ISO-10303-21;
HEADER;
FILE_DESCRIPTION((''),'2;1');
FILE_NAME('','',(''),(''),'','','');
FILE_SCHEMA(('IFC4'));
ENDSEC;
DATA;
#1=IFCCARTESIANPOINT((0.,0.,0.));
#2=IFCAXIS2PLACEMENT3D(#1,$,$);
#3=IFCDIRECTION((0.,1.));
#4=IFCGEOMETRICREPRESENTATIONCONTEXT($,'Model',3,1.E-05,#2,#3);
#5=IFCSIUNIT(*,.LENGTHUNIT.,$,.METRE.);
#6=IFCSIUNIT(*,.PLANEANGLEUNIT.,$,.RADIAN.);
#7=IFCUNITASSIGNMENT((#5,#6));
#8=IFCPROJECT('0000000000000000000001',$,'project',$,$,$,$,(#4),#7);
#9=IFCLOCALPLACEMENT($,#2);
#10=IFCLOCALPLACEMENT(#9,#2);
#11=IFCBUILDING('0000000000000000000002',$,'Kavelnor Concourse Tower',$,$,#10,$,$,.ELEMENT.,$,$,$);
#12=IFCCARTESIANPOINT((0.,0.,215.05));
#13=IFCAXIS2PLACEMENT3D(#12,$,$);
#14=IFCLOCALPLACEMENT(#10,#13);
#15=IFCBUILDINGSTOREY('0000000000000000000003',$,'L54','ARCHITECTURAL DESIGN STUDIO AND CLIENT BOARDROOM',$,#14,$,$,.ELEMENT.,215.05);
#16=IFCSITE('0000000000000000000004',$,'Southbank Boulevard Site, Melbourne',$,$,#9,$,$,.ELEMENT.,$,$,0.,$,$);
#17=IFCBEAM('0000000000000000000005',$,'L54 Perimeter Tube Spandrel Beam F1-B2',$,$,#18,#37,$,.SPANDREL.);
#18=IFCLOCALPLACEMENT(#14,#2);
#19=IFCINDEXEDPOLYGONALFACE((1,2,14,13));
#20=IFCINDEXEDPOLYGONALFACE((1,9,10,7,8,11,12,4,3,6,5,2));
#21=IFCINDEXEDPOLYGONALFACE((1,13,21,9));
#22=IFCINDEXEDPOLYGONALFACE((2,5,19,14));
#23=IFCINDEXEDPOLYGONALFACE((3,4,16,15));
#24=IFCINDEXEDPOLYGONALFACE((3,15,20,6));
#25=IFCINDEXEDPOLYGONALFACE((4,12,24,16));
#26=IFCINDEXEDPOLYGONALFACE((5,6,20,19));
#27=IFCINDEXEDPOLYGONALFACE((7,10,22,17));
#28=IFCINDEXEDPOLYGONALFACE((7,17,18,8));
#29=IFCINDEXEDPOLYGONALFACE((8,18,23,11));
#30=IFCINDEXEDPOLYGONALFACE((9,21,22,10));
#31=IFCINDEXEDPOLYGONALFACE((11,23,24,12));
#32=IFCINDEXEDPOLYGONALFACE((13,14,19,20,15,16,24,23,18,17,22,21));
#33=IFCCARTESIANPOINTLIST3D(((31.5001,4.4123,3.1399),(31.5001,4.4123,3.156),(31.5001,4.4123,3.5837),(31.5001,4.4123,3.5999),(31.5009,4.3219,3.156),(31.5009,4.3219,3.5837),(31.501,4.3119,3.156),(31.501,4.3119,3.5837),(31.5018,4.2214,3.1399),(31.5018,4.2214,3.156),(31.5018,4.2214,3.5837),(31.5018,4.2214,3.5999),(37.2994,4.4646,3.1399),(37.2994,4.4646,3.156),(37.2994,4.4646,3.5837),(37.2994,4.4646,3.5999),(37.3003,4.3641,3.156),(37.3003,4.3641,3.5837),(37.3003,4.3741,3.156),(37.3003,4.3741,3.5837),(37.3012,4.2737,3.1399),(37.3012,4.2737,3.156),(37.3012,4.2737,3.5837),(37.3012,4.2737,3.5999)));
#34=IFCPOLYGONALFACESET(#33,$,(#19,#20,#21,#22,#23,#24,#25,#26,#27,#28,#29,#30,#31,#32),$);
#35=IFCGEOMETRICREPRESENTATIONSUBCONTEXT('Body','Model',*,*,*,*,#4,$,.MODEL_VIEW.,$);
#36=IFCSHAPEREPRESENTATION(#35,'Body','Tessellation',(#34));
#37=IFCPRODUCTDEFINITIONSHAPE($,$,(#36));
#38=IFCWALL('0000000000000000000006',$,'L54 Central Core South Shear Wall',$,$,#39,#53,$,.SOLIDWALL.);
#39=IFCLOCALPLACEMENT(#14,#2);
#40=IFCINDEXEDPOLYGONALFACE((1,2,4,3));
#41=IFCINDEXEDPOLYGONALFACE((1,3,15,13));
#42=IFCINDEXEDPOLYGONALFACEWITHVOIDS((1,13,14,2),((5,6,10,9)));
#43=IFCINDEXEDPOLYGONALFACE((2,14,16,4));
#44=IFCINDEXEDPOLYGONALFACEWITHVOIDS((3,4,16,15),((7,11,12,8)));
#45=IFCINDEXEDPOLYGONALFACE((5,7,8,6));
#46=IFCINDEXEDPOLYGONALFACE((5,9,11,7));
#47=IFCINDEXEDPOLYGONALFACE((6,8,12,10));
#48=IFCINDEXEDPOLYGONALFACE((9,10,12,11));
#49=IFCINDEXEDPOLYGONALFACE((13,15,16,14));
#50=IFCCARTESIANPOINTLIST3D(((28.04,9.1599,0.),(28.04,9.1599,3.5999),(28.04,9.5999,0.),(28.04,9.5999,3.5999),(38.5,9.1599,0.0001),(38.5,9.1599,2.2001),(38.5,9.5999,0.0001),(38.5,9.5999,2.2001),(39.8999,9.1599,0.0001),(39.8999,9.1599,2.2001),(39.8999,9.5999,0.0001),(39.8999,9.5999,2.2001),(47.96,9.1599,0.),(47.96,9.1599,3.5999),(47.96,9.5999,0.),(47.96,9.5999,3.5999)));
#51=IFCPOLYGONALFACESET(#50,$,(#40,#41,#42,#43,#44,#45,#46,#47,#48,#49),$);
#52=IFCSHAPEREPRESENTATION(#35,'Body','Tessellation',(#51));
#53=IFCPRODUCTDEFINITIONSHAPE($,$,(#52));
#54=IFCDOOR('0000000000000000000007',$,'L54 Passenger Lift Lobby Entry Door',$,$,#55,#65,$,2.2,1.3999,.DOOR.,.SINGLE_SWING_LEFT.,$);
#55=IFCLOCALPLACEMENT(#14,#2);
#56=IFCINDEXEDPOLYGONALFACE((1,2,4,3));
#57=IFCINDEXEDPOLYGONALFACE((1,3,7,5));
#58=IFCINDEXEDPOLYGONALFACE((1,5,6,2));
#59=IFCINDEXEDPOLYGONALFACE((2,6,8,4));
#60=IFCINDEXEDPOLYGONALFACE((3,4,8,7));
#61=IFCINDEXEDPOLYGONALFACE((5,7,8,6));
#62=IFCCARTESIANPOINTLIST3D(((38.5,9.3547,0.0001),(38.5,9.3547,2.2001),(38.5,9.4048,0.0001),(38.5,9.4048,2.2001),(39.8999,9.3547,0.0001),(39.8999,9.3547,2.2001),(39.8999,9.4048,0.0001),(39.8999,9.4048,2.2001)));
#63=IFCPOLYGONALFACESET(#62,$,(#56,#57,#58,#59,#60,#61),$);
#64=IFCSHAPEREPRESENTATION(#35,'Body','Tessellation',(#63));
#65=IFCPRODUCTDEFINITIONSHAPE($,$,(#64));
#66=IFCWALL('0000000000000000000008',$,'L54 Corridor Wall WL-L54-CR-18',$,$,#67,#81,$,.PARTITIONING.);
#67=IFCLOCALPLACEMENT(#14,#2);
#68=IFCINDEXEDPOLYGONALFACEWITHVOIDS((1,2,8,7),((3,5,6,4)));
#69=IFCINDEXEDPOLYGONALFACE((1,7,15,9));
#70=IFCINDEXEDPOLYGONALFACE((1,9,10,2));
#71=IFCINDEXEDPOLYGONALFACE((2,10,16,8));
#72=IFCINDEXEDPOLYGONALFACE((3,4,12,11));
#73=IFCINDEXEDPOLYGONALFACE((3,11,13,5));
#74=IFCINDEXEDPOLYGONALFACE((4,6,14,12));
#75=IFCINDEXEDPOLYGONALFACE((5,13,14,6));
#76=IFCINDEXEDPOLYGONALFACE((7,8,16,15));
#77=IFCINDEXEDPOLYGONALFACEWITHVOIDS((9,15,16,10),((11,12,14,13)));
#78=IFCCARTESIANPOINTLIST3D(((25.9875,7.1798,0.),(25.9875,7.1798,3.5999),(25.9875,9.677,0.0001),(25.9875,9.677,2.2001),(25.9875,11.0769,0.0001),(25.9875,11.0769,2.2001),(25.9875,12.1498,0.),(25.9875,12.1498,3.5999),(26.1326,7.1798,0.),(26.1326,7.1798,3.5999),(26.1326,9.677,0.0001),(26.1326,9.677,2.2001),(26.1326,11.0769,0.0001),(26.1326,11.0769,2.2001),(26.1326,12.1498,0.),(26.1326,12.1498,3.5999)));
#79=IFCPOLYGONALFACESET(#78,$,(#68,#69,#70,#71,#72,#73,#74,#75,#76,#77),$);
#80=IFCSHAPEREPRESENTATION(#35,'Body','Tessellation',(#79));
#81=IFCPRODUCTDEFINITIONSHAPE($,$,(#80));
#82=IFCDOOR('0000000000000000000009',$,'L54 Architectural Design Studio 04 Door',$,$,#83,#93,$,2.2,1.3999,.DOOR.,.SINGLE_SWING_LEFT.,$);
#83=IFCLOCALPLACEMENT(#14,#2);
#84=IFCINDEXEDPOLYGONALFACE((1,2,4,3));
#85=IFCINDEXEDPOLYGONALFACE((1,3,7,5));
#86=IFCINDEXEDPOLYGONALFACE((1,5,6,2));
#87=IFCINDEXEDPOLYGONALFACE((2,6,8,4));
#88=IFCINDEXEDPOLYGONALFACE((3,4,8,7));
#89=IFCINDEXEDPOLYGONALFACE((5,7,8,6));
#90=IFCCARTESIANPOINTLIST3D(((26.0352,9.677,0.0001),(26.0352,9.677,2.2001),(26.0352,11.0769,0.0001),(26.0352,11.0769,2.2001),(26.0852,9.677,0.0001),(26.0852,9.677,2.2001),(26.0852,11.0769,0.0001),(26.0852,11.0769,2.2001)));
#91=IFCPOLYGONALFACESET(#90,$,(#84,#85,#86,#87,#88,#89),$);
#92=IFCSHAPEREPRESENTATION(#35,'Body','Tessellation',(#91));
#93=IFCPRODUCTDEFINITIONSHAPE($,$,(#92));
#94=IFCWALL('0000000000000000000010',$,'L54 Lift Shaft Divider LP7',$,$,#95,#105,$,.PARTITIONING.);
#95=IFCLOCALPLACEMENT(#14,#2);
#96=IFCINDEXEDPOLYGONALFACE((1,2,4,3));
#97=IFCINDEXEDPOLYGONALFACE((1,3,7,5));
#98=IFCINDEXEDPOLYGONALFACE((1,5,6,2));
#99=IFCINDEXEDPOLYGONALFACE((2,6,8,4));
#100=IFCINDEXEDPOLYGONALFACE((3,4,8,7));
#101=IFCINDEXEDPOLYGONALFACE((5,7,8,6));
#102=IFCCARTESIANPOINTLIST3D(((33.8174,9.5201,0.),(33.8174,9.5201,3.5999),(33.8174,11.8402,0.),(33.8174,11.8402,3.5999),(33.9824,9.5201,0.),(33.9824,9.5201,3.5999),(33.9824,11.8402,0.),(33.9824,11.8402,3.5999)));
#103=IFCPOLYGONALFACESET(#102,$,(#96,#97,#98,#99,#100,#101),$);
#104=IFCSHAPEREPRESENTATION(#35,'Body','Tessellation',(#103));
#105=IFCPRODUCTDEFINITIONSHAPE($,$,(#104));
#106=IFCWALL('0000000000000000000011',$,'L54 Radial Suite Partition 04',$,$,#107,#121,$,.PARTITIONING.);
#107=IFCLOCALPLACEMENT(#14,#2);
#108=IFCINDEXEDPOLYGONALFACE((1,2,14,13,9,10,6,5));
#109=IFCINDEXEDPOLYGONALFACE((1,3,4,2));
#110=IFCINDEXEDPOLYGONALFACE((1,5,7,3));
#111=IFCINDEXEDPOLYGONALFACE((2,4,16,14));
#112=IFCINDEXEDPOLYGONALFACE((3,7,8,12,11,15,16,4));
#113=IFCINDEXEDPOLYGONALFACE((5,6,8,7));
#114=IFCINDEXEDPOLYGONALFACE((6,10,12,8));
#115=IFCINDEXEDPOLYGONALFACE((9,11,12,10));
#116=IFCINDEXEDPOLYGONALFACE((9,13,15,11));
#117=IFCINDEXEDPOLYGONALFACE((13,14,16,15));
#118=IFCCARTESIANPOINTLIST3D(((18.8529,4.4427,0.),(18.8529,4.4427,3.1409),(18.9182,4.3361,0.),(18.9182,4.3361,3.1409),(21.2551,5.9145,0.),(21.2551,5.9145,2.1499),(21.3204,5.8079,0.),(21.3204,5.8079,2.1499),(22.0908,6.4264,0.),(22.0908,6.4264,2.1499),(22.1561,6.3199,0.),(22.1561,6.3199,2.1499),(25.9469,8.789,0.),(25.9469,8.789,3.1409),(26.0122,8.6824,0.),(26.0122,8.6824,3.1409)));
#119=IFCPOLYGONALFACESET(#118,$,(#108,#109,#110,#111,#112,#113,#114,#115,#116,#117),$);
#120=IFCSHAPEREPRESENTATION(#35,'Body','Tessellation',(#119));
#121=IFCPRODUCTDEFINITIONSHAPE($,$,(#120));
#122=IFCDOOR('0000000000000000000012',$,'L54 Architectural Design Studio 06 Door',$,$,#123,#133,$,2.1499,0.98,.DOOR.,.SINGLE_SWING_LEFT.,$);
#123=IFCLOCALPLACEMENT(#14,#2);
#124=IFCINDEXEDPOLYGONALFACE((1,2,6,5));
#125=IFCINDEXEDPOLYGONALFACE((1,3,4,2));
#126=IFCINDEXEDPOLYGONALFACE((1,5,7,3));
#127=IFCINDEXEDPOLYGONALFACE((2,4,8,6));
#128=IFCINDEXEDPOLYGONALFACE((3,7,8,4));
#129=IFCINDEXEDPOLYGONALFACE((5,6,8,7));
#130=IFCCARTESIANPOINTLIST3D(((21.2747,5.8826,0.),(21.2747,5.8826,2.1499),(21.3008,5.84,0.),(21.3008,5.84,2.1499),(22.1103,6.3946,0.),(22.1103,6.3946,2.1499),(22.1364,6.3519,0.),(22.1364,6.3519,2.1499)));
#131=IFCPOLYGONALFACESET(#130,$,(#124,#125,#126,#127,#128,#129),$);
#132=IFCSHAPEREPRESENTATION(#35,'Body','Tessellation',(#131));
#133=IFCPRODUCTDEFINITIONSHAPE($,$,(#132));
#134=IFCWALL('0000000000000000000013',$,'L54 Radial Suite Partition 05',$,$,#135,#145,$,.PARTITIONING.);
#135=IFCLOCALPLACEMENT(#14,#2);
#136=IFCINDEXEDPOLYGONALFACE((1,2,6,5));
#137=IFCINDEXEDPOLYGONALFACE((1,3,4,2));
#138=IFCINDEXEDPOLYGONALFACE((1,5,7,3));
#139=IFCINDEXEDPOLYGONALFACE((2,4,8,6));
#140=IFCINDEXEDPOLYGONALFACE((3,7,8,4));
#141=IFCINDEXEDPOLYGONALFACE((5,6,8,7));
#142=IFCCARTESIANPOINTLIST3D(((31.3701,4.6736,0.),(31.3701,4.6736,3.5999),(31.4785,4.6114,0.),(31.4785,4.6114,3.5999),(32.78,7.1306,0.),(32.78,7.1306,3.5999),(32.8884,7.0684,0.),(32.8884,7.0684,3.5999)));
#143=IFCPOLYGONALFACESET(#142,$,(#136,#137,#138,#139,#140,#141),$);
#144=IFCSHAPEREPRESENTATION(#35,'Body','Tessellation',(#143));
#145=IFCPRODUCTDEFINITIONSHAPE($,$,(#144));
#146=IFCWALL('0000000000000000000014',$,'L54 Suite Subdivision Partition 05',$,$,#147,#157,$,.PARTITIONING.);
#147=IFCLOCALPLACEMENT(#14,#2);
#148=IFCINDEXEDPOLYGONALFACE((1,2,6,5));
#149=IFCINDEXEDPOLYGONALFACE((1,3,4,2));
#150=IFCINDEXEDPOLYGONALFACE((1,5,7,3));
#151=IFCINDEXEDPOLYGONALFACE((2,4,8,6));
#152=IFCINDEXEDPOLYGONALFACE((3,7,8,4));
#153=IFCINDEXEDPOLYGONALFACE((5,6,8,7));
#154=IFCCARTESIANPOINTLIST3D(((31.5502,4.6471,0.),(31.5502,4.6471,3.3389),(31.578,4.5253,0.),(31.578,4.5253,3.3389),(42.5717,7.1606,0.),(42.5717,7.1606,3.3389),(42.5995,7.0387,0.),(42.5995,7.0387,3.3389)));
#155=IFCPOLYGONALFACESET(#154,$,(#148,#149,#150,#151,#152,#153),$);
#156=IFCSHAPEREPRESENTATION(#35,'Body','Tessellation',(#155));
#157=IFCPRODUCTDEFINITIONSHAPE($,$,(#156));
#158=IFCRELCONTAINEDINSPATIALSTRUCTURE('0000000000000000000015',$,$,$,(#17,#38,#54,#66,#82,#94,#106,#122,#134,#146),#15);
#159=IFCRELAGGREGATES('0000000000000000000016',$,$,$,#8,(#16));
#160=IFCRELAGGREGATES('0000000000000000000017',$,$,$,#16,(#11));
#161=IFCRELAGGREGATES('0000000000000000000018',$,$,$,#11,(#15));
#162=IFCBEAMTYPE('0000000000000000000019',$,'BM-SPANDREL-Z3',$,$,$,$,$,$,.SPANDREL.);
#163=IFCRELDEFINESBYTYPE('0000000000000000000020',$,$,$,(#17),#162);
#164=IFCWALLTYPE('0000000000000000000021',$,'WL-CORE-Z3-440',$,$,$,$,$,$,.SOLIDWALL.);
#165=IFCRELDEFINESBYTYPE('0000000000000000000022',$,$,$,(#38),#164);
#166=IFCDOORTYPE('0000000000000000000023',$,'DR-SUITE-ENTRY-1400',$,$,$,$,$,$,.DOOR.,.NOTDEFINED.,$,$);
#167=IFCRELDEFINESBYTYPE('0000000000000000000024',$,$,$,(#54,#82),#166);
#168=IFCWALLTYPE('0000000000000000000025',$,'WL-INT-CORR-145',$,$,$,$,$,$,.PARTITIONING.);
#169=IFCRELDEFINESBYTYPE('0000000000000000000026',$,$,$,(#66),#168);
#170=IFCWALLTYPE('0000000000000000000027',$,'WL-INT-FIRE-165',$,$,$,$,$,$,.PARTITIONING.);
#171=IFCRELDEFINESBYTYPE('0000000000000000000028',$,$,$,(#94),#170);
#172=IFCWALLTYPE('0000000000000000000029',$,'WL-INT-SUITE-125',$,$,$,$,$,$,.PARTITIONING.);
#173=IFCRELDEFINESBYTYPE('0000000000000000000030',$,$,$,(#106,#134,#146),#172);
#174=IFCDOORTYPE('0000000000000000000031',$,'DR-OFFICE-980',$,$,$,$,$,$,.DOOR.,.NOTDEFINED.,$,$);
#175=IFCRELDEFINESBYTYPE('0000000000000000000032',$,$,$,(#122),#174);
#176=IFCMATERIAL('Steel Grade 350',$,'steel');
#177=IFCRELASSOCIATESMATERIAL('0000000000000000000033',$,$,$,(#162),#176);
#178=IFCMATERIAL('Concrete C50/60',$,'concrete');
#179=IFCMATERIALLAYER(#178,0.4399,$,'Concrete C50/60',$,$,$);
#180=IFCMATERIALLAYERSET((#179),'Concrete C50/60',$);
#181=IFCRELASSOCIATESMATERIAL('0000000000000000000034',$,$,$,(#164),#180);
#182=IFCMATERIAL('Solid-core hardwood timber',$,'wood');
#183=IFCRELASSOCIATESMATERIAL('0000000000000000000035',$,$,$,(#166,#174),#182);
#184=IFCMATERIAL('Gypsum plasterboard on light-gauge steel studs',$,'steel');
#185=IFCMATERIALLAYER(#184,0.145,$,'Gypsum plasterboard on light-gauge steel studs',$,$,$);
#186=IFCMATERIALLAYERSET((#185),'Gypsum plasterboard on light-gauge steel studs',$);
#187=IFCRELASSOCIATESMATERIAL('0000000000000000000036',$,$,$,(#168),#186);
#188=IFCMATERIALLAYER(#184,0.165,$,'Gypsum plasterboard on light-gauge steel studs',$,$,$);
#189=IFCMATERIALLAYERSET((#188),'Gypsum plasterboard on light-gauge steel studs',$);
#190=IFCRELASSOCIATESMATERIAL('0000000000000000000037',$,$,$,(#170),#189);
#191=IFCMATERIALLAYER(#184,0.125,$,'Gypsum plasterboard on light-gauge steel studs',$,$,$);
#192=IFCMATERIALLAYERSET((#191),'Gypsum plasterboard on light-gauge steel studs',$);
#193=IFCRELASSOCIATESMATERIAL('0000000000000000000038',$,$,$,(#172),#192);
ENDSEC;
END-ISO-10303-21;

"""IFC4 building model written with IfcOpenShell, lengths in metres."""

from ifc_helpers import new_model, si_unit, direction, frame, frame_2d, origin, origin_2d, place, context, subcontext, project, spatial, rectangle, i_section, extrude, material, layer, layer_set, material_profile, profile_set, type_object, element, fill, save


model = new_model("IFC4")

# Units and contexts
model_context = context("Model", 3, precision=1e-05, world=origin(), true_north=direction((0.0, 1.0)))
body_context = subcontext(model_context, "Body", "Model", "MODEL_VIEW")
ifc_project = project(units=[si_unit("LENGTHUNIT", "METRE"), si_unit("PLANEANGLEUNIT", "RADIAN")], contexts=[model_context])

# Site, building, storey
site_placement = place(None, origin())
site = spatial("IfcSite", under=ifc_project, at=site_placement, Name="Southbank Boulevard Site, Melbourne", CompositionType="ELEMENT", RefElevation=0.0)
building_placement = place(site_placement, origin())
building = spatial("IfcBuilding", under=site, at=building_placement, Name="Kavelnor Concourse Tower", CompositionType="ELEMENT")
storey_placement = place(building_placement, frame((0.0, 0.0, 215.05)))
storey = spatial("IfcBuildingStorey", under=building, at=storey_placement, Name="L54", Description="ARCHITECTURAL DESIGN STUDIO AND CLIENT BOARDROOM", CompositionType="ELEMENT", Elevation=215.05)

# Shared definitions
ifc_material_1 = material(Name="Steel Grade 350", Category="steel")

# Beam
ifc_material_profile_1 = material_profile(ifc_material_1, i_section(OverallWidth=0.1909, OverallDepth=0.46, WebThickness=0.01, FlangeThickness=0.0161, at=origin_2d()), Name="460UB82")
ifc_profile_set_1 = profile_set([ifc_material_profile_1], Name="Steel Grade 350")
beam_type_1 = type_object("IfcBeamType", Name="BM-SPANDREL-Z3", PredefinedType="SPANDREL", material=ifc_profile_set_1)
beam_1_placement = place(storey_placement, frame((31.501, 4.3169, 3.3699), z_axis=(0.999959, 0.009009, 0.0), x_axis=(-0.009009, 0.999959, 0.0)))
element("IfcBeam", 1, at=beam_1_placement, inside=storey, type_object=beam_type_1, Name="L54 Perimeter Tube Spandrel Beam F1-B2", PredefinedType="SPANDREL", context=body_context, shape_type="SweptSolid", body=[
    extrude(i_section(OverallWidth=0.1909, OverallDepth=0.46, WebThickness=0.01, FlangeThickness=0.0161, at=origin_2d()), origin(), (0.0, 0.0, 1.0), 5.7996),
])

# Walls, openings, doors
ifc_material_2 = material(Name="Concrete C50/60", Category="concrete")
ifc_layer_1 = layer(ifc_material_2, 0.4399, Name="Concrete C50/60")
ifc_layer_set_1 = layer_set([ifc_layer_1], Name="Concrete C50/60")
wall_type_1 = type_object("IfcWallType", Name="WL-CORE-Z3-440", PredefinedType="SOLIDWALL", material=ifc_layer_set_1)
wall_1_placement = place(storey_placement, frame((28.04, 9.3799, 0.0), z_axis=(0.0, 0.0, 1.0), x_axis=(1.0, 0.0, 0.0)))
wall_1 = element("IfcWall", 2, at=wall_1_placement, inside=storey, type_object=wall_type_1, Name="L54 Central Core South Shear Wall", PredefinedType="SOLIDWALL", context=body_context, shape_type="SweptSolid", body=[
    extrude(rectangle(XDim=19.9199, YDim=0.4399, at=frame_2d((9.96, 0.0))), origin(), (0.0, 0.0, 1.0), 3.5999),
])
opening_1_placement = place(wall_1_placement, frame((10.46, 0.0, 0.0)))
opening_1 = element("IfcOpeningElement", 3, at=opening_1_placement, cuts=wall_1, PredefinedType="OPENING", context=body_context, shape_type="SweptSolid", body=[
    extrude(rectangle(XDim=1.3999, YDim=2.2, at=frame_2d((0.7, 1.1001))), frame((0.0, 0.23, 0.0), z_axis=(0.0, -1.0, 0.0), x_axis=(1.0, 0.0, 0.0)), (0.0, 0.0, 1.0), 0.46),
])
ifc_material_3 = material(Name="Solid-core hardwood timber", Category="wood")
door_type_1 = type_object("IfcDoorType", Name="DR-SUITE-ENTRY-1400", OperationType="NOTDEFINED", PredefinedType="DOOR", material=ifc_material_3)
door_1_placement = place(opening_1_placement, origin())
door_1 = element("IfcDoor", 4, at=door_1_placement, inside=storey, type_object=door_type_1, Name="L54 Passenger Lift Lobby Entry Door", OperationType="SINGLE_SWING_LEFT", OverallHeight=2.2, OverallWidth=1.3999, PredefinedType="DOOR", context=body_context, shape_type="SweptSolid", body=[
    extrude(rectangle(XDim=1.3999, YDim=2.2, at=frame_2d((0.7, 1.1001))), frame((0.0, 0.0249, 0.0), z_axis=(0.0, -1.0, 0.0), x_axis=(1.0, 0.0, 0.0)), (0.0, 0.0, 1.0), 0.05),
])
fill(opening_1, door_1)
ifc_material_4 = material(Name="Gypsum plasterboard on light-gauge steel studs", Category="steel")
ifc_layer_2 = layer(ifc_material_4, 0.145, Name="Gypsum plasterboard on light-gauge steel studs")
ifc_layer_set_2 = layer_set([ifc_layer_2], Name="Gypsum plasterboard on light-gauge steel studs")
wall_type_2 = type_object("IfcWallType", Name="WL-INT-CORR-145", PredefinedType="PARTITIONING", material=ifc_layer_set_2)
wall_2_placement = place(storey_placement, frame((26.0601, 7.1799, 0.0), z_axis=(0.0, 0.0, 1.0), x_axis=(0.0, 1.0, 0.0)))
wall_2 = element("IfcWall", 5, at=wall_2_placement, inside=storey, type_object=wall_type_2, Name="L54 Corridor Wall WL-L54-CR-18", PredefinedType="PARTITIONING", context=body_context, shape_type="SweptSolid", body=[
    extrude(rectangle(XDim=4.97, YDim=0.145, at=frame_2d((2.4849, 0.0))), origin(), (0.0, 0.0, 1.0), 3.5999),
])
opening_2_placement = place(wall_2_placement, frame((2.4971, 0.0, 0.0)))
opening_2 = element("IfcOpeningElement", 6, at=opening_2_placement, cuts=wall_2, PredefinedType="OPENING", context=body_context, shape_type="SweptSolid", body=[
    extrude(rectangle(XDim=1.3999, YDim=2.2, at=frame_2d((0.7, 1.1001))), frame((0.0, 0.0825, 0.0), z_axis=(0.0, -1.0, 0.0), x_axis=(1.0, 0.0, 0.0)), (0.0, 0.0, 1.0), 0.165),
])
door_2_placement = place(opening_2_placement, origin())
door_2 = element("IfcDoor", 7, at=door_2_placement, inside=storey, type_object=door_type_1, Name="L54 Architectural Design Studio 04 Door", OperationType="SINGLE_SWING_LEFT", OverallHeight=2.2, OverallWidth=1.3999, PredefinedType="DOOR", context=body_context, shape_type="SweptSolid", body=[
    extrude(rectangle(XDim=1.3999, YDim=2.2, at=frame_2d((0.7, 1.1001))), frame((0.0, 0.0249, 0.0), z_axis=(0.0, -1.0, 0.0), x_axis=(1.0, 0.0, 0.0)), (0.0, 0.0, 1.0), 0.05),
])
fill(opening_2, door_2)

# Wall
ifc_layer_3 = layer(ifc_material_4, 0.165, Name="Gypsum plasterboard on light-gauge steel studs")
ifc_layer_set_3 = layer_set([ifc_layer_3], Name="Gypsum plasterboard on light-gauge steel studs")
wall_type_3 = type_object("IfcWallType", Name="WL-INT-FIRE-165", PredefinedType="PARTITIONING", material=ifc_layer_set_3)
wall_3_placement = place(storey_placement, frame((33.8999, 9.52, 0.0), z_axis=(0.0, 0.0, 1.0), x_axis=(0.0, 1.0, 0.0)))
element("IfcWall", 8, at=wall_3_placement, inside=storey, type_object=wall_type_3, Name="L54 Lift Shaft Divider LP7", PredefinedType="PARTITIONING", context=body_context, shape_type="SweptSolid", body=[
    extrude(rectangle(XDim=2.3201, YDim=0.165, at=frame_2d((1.1602, 0.0))), origin(), (0.0, 0.0, 1.0), 3.5999),
])

# Wall, opening, door
ifc_layer_4 = layer(ifc_material_4, 0.125, Name="Gypsum plasterboard on light-gauge steel studs")
ifc_layer_set_4 = layer_set([ifc_layer_4], Name="Gypsum plasterboard on light-gauge steel studs")
wall_type_4 = type_object("IfcWallType", Name="WL-INT-SUITE-125", PredefinedType="PARTITIONING", material=ifc_layer_set_4)
wall_4_placement = place(storey_placement, frame((25.9795, 8.7356, 0.0), z_axis=(0.0, 0.0, 1.0), x_axis=(-0.852694, -0.52241, 0.0)))
wall_4 = element("IfcWall", 9, at=wall_4_placement, inside=storey, type_object=wall_type_4, Name="L54 Radial Suite Partition 04", PredefinedType="PARTITIONING", context=body_context, shape_type="SweptSolid", body=[
    extrude(rectangle(XDim=8.3196, YDim=0.125, at=frame_2d((4.1597, 0.0))), origin(), (0.0, 0.0, 1.0), 3.1409),
])
opening_3_placement = place(wall_4_placement, frame((4.5222, 0.0, 0.0)))
opening_3 = element("IfcOpeningElement", 10, at=opening_3_placement, cuts=wall_4, PredefinedType="OPENING", context=body_context, shape_type="SweptSolid", body=[
    extrude(rectangle(XDim=0.98, YDim=2.1499, at=frame_2d((0.49, 1.075))), frame((0.0, 0.0725, 0.0), z_axis=(0.0, -1.0, 0.0), x_axis=(1.0, 0.0, 0.0)), (0.0, 0.0, 1.0), 0.145),
])
door_type_2 = type_object("IfcDoorType", Name="DR-OFFICE-980", OperationType="NOTDEFINED", PredefinedType="DOOR", material=ifc_material_3)
door_3_placement = place(opening_3_placement, origin())
door_3 = element("IfcDoor", 11, at=door_3_placement, inside=storey, type_object=door_type_2, Name="L54 Architectural Design Studio 06 Door", OperationType="SINGLE_SWING_LEFT", OverallHeight=2.1499, OverallWidth=0.98, PredefinedType="DOOR", context=body_context, shape_type="SweptSolid", body=[
    extrude(rectangle(XDim=0.98, YDim=2.1499, at=frame_2d((0.49, 1.075))), frame((0.0, 0.0249, 0.0), z_axis=(0.0, -1.0, 0.0), x_axis=(1.0, 0.0, 0.0)), (0.0, 0.0, 1.0), 0.05),
])
fill(opening_3, door_3)

# Walls
wall_5_placement = place(storey_placement, frame((32.8342, 7.0996, 0.0), z_axis=(0.0, 0.0, 1.0), x_axis=(-0.497707, -0.867345, 0.0)))
element("IfcWall", 12, at=wall_5_placement, inside=storey, type_object=wall_type_4, Name="L54 Radial Suite Partition 05", PredefinedType="PARTITIONING", context=body_context, shape_type="SweptSolid", body=[
    extrude(rectangle(XDim=2.8328, YDim=0.125, at=frame_2d((1.4165, 0.0))), origin(), (0.0, 0.0, 1.0), 3.5999),
])
wall_6_placement = place(storey_placement, frame((31.564, 4.5862, 0.0), z_axis=(0.0, 0.0, 1.0), x_axis=(0.974969, 0.22234, 0.0)))
element("IfcWall", 13, at=wall_6_placement, inside=storey, type_object=wall_type_4, Name="L54 Suite Subdivision Partition 05", PredefinedType="PARTITIONING", context=body_context, shape_type="SweptSolid", body=[
    extrude(rectangle(XDim=11.3044, YDim=0.125, at=frame_2d((5.6523, 0.0))), origin(), (0.0, 0.0, 1.0), 3.3389),
])

save(model, "model.ifc")
